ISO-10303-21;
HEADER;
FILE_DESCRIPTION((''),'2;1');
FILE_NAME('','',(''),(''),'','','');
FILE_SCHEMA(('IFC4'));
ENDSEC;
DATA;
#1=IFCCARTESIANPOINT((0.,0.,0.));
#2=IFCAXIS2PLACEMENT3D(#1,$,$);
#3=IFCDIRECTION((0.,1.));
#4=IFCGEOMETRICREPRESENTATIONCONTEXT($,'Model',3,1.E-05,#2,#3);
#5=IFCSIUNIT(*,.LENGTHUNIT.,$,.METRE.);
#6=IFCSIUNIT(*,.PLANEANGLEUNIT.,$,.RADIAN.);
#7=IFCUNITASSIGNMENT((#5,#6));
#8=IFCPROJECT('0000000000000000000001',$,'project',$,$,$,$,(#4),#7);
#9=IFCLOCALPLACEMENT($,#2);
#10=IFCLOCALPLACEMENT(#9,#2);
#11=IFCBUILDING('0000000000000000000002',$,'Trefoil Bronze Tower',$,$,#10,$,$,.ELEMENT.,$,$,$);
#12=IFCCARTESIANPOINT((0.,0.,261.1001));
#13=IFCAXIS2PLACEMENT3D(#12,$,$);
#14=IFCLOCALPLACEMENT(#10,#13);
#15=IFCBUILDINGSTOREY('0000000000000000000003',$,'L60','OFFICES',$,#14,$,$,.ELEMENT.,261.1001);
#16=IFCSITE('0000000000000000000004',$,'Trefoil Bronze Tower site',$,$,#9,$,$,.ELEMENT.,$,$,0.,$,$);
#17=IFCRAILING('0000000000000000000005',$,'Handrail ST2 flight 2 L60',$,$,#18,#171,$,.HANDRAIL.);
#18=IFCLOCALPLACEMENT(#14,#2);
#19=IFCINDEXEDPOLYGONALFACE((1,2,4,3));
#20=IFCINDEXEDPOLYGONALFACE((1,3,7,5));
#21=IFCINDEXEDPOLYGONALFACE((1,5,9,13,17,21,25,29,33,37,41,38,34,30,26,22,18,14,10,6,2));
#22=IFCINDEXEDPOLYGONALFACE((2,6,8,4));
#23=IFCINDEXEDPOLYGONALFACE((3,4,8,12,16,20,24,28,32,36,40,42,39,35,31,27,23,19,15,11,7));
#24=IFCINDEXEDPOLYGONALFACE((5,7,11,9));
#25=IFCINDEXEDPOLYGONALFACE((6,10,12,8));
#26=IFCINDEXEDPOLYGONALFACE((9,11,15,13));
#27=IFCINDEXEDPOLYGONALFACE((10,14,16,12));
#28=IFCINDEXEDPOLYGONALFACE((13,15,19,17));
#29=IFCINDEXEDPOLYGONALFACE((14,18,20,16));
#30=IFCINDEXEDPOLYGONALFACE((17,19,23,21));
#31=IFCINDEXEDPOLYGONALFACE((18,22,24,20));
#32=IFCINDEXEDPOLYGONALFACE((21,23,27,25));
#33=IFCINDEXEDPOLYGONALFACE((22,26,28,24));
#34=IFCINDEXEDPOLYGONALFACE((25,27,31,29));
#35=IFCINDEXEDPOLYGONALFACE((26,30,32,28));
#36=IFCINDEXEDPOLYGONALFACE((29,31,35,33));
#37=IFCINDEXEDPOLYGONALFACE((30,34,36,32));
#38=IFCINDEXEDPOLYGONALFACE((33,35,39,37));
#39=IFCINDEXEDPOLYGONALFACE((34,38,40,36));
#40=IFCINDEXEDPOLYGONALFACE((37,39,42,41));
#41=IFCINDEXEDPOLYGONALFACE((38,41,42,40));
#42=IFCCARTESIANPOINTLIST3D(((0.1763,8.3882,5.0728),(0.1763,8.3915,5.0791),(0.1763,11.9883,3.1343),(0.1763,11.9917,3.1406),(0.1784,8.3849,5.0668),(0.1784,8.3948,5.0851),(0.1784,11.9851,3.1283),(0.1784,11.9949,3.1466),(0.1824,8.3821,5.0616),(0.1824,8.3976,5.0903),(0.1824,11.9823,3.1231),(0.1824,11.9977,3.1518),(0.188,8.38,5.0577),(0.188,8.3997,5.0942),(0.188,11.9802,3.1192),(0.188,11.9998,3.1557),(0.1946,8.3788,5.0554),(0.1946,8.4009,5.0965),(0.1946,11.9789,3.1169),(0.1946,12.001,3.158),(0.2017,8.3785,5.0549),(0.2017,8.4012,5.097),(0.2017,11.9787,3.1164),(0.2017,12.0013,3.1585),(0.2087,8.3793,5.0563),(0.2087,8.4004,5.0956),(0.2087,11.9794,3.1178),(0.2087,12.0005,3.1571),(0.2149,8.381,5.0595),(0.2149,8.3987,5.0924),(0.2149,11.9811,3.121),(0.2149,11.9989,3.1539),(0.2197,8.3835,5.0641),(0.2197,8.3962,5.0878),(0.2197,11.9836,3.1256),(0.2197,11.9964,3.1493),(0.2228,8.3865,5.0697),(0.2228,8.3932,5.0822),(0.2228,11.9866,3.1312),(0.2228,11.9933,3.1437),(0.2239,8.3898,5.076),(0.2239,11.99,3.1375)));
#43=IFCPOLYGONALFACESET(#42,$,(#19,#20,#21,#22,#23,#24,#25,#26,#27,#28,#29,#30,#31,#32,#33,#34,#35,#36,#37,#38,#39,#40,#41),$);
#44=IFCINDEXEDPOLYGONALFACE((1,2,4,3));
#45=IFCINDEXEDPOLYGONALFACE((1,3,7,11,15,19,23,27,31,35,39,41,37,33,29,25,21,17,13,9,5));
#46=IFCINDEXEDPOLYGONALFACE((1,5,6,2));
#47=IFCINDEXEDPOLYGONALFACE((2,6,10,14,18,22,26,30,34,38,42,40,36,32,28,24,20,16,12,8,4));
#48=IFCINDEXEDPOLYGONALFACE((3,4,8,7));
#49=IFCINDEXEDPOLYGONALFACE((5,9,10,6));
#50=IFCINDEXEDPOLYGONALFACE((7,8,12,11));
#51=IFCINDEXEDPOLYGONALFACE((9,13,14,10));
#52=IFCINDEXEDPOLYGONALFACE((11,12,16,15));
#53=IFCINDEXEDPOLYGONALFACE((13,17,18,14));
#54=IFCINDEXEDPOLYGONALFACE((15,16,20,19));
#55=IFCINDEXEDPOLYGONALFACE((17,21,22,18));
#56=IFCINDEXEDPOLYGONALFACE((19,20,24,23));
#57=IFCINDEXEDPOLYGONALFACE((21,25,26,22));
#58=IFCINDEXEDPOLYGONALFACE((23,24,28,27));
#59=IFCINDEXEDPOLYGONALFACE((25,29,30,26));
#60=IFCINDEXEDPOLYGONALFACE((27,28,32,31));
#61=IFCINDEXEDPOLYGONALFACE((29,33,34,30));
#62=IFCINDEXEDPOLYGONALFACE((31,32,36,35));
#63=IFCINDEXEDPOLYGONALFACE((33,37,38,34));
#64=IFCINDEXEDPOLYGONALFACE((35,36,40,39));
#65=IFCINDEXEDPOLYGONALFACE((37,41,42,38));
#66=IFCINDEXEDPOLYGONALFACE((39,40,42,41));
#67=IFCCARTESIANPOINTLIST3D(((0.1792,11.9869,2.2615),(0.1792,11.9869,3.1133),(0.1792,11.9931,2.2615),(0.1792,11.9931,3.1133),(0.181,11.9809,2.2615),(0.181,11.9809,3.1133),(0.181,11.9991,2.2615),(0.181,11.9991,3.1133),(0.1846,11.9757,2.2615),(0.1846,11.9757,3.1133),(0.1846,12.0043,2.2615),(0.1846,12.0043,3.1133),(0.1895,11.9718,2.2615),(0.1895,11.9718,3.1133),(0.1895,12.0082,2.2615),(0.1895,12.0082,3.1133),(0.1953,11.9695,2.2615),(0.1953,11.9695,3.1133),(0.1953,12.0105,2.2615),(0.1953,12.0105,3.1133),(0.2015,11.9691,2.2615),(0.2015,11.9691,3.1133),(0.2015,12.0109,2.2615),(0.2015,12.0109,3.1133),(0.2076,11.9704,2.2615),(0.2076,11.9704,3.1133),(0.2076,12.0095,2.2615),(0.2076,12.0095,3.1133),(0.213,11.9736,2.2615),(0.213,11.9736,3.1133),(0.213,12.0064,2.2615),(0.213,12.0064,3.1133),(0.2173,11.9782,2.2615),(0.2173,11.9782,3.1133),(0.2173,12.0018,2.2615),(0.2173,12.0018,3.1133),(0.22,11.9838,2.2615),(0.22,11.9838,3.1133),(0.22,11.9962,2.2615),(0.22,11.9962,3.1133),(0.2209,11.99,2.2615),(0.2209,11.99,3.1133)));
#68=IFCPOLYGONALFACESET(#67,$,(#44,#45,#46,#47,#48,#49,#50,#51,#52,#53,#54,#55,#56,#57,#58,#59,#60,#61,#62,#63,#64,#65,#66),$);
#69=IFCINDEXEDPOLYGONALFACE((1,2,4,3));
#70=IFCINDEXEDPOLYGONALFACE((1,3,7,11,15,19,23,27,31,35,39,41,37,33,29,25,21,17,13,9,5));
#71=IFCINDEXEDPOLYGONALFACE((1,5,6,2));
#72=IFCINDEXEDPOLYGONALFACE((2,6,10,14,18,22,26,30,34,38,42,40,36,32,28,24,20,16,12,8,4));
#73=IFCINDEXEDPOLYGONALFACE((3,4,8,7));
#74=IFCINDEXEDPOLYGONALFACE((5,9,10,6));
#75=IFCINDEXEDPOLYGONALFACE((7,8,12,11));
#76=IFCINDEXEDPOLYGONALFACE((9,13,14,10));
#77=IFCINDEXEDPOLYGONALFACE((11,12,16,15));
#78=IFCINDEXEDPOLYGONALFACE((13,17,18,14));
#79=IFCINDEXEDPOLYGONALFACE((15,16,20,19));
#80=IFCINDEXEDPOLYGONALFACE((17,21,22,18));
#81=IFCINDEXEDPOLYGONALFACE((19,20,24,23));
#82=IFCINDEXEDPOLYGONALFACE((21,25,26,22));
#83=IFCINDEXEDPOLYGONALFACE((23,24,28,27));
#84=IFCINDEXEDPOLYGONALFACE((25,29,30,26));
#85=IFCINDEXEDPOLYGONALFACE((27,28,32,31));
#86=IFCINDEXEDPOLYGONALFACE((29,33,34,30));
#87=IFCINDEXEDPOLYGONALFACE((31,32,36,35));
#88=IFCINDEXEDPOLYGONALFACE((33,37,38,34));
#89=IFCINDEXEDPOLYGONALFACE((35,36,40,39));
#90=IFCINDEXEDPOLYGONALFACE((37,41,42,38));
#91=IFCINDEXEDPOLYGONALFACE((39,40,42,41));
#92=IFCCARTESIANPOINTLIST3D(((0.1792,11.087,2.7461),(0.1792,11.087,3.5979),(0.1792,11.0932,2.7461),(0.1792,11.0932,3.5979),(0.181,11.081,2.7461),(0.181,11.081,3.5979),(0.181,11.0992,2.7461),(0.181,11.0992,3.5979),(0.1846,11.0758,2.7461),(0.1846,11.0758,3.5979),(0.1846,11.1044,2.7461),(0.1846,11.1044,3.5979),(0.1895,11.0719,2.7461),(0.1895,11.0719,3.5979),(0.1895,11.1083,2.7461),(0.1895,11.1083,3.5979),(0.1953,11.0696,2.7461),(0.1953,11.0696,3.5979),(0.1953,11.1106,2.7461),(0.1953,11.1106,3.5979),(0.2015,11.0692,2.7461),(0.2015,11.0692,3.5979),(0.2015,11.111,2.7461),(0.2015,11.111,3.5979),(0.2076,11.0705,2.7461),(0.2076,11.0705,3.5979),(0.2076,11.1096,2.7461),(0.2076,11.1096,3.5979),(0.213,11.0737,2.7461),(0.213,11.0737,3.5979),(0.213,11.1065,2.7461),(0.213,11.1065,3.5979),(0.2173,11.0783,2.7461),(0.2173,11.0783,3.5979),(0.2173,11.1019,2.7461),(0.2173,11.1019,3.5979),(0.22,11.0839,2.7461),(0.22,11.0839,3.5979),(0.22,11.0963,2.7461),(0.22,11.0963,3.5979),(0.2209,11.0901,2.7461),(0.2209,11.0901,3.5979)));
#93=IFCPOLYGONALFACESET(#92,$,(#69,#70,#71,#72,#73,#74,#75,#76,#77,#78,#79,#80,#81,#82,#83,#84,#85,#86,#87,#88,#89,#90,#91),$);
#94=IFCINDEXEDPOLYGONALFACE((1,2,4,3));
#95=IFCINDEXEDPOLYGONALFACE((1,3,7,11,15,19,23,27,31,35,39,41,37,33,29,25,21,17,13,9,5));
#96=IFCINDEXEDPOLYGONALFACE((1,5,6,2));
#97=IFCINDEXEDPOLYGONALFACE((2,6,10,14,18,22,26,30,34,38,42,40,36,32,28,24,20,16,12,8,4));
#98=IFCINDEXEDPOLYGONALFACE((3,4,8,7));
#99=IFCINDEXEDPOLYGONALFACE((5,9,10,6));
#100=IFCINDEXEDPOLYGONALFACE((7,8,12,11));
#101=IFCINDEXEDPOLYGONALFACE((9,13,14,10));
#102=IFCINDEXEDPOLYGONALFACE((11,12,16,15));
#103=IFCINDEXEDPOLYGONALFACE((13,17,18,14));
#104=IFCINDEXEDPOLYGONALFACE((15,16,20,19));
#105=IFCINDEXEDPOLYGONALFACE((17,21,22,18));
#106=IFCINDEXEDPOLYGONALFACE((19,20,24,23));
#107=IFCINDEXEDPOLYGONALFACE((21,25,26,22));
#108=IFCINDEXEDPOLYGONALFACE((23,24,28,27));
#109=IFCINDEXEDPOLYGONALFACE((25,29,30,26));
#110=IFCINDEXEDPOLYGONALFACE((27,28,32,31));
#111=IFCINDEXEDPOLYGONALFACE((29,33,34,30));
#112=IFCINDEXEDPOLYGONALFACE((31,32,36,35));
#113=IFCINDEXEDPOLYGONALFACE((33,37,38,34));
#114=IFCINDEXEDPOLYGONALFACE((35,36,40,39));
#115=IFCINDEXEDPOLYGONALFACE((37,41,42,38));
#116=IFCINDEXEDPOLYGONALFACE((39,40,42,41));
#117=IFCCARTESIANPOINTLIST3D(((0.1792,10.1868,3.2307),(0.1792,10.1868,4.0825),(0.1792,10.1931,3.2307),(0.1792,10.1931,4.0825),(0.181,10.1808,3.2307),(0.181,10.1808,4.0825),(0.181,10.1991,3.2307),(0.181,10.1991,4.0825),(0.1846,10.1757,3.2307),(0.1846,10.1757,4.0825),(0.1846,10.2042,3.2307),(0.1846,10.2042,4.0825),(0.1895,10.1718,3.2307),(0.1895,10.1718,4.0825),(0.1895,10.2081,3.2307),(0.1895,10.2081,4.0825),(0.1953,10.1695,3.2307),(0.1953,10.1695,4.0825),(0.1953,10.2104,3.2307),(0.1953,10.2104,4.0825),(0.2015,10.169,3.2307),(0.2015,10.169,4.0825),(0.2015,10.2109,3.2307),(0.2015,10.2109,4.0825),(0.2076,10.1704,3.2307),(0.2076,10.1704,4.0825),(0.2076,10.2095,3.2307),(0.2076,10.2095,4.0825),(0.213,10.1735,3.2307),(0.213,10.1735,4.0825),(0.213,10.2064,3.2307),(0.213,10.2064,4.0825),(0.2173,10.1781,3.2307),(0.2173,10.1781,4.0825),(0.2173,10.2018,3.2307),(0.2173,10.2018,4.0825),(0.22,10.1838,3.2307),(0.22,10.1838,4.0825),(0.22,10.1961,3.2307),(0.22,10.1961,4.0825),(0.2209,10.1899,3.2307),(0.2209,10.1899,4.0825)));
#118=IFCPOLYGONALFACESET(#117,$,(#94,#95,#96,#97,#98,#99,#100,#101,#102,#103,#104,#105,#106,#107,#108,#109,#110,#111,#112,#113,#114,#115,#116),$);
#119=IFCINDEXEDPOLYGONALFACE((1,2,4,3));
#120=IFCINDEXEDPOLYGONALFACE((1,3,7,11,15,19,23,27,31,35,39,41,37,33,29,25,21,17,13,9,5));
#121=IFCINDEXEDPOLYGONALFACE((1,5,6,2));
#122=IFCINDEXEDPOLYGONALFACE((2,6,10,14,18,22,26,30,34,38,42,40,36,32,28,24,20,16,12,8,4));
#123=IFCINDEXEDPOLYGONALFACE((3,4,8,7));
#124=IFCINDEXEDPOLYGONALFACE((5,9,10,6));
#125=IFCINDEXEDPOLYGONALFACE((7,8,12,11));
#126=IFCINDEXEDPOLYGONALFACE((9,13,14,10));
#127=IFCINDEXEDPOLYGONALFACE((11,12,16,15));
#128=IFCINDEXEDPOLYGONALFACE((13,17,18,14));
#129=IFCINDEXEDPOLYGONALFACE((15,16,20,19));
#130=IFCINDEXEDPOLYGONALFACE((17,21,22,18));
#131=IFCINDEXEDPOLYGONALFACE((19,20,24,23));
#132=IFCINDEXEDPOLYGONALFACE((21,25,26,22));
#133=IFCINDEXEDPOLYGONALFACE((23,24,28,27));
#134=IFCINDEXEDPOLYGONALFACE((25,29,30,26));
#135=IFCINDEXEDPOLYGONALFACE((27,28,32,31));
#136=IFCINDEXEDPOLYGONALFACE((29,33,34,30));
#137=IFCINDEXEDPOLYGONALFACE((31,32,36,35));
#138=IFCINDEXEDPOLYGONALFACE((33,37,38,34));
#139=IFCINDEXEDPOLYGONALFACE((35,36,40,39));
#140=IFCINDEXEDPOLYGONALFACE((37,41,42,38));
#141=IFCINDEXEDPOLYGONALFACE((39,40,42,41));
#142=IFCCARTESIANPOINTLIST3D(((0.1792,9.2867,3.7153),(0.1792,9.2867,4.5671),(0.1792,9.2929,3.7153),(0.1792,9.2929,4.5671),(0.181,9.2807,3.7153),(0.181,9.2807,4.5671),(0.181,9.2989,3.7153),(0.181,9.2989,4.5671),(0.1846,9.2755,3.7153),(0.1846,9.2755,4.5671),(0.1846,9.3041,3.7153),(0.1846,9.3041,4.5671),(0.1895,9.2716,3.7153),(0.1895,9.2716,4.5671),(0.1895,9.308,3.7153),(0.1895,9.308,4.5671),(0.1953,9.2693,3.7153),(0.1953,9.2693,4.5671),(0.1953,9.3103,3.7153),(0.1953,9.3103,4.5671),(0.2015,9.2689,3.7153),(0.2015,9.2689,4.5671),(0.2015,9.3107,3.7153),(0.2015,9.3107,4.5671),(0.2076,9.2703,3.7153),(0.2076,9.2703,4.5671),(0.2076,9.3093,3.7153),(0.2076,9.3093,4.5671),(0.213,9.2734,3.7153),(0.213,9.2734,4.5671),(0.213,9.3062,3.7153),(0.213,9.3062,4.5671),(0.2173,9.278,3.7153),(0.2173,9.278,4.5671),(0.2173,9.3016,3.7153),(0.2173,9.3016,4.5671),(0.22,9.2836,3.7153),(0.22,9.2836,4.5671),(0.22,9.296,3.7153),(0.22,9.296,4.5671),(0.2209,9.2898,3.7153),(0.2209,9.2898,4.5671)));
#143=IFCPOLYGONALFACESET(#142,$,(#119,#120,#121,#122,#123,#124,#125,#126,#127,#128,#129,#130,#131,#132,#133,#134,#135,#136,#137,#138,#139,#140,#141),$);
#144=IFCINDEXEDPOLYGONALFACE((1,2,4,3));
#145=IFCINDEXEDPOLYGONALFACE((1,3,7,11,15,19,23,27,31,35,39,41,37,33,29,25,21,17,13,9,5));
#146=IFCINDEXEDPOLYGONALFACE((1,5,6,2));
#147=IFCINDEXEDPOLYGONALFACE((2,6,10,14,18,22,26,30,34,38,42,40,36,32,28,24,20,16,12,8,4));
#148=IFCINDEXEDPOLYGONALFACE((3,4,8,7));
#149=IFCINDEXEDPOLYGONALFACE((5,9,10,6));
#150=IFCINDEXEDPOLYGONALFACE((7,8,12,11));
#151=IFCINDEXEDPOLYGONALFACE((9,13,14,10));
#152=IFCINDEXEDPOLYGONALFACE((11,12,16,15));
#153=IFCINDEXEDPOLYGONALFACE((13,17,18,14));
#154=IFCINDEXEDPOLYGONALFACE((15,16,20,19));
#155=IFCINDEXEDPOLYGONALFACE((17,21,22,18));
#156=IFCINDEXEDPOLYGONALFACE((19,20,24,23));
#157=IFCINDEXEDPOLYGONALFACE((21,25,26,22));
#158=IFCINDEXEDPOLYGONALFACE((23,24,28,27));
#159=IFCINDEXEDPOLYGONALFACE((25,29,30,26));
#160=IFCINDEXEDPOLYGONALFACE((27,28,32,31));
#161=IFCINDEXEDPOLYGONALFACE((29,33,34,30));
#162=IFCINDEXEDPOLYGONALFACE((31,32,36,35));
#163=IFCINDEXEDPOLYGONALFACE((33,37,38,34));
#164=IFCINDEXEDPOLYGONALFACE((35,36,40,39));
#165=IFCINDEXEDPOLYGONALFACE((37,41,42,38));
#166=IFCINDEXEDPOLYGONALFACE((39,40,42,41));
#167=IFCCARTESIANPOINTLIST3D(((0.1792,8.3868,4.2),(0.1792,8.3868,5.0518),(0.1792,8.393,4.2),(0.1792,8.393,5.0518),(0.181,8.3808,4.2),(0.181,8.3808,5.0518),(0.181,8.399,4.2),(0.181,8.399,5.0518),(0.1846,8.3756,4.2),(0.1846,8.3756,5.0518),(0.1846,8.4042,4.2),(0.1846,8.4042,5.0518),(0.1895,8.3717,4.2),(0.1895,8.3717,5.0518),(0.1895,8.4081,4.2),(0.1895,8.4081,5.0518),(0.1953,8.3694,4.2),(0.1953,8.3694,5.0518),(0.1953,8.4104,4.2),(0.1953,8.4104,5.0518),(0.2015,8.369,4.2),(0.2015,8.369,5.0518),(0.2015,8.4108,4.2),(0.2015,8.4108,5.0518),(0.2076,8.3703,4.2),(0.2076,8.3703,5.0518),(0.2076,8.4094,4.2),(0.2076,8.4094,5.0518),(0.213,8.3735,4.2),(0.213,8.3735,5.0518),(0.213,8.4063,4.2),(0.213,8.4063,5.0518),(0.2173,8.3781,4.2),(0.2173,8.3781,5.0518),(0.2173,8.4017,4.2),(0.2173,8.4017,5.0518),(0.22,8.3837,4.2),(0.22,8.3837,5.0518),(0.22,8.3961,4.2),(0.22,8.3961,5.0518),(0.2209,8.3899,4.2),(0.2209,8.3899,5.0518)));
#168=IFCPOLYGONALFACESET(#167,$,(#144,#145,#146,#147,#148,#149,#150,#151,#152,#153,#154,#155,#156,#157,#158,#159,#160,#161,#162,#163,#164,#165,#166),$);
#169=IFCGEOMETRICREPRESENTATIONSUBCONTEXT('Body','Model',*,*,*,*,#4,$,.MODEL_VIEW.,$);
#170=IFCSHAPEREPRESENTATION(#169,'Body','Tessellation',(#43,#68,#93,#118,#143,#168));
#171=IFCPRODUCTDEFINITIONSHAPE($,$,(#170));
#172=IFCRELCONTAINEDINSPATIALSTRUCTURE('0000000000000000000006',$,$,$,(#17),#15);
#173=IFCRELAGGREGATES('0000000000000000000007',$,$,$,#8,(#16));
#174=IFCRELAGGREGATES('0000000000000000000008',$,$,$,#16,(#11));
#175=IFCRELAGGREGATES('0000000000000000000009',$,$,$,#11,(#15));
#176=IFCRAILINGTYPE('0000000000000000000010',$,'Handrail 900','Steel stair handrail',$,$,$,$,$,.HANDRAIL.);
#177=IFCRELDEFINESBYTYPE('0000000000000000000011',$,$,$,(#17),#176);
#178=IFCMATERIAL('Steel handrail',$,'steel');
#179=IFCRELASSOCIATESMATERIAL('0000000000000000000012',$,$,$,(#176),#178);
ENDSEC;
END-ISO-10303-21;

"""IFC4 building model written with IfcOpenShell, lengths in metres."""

from ifc_helpers import new_model, si_unit, direction, frame, origin, origin_2d, place, context, subcontext, project, spatial, circle, extrude, material, type_object, element, save


model = new_model("IFC4")

# Units and contexts
model_context = context("Model", 3, precision=1e-05, world=origin(), true_north=direction((0.0, 1.0)))
body_context = subcontext(model_context, "Body", "Model", "MODEL_VIEW")
ifc_project = project(units=[si_unit("LENGTHUNIT", "METRE"), si_unit("PLANEANGLEUNIT", "RADIAN")], contexts=[model_context])

# Site, building, storey
site_placement = place(None, origin())
site = spatial("IfcSite", under=ifc_project, at=site_placement, Name="Trefoil Bronze Tower site", CompositionType="ELEMENT", RefElevation=0.0)
building_placement = place(site_placement, origin())
building = spatial("IfcBuilding", under=site, at=building_placement, Name="Trefoil Bronze Tower", CompositionType="ELEMENT")
storey_placement = place(building_placement, frame((0.0, 0.0, 261.1001)))
storey = spatial("IfcBuildingStorey", under=building, at=storey_placement, Name="L60", Description="OFFICES", CompositionType="ELEMENT", Elevation=261.1001)

# Railing
ifc_material_1 = material(Name="Steel handrail", Category="steel")
railing_type = type_object("IfcRailingType", Name="Handrail 900", Description="Steel stair handrail", PredefinedType="HANDRAIL", material=ifc_material_1)
railing_placement = place(storey_placement, frame((0.2, 11.99, 2.2615)))
element("IfcRailing", 1, at=railing_placement, inside=storey, type_object=railing_type, Name="Handrail ST2 flight 2 L60", PredefinedType="HANDRAIL", context=body_context, shape_type="SweptSolid", body=[
    extrude(circle(Radius=0.0239, at=origin_2d()), frame((0.0, 0.0, 0.876), z_axis=(0.0, -0.880475, 0.474093), x_axis=(1.0, 0.0, 0.0)), (0.0, 0.0, 1.0), 4.0889),
    extrude(circle(Radius=0.021, at=origin_2d()), origin(), (0.0, 0.0, 1.0), 0.8518),
    extrude(circle(Radius=0.021, at=origin_2d()), frame((0.0, -0.8999, 0.4846)), (0.0, 0.0, 1.0), 0.8518),
    extrude(circle(Radius=0.021, at=origin_2d()), frame((0.0, -1.8, 0.9692)), (0.0, 0.0, 1.0), 0.8518),
    extrude(circle(Radius=0.021, at=origin_2d()), frame((0.0, -2.7002, 1.4539)), (0.0, 0.0, 1.0), 0.8518),
    extrude(circle(Radius=0.021, at=origin_2d()), frame((0.0, -3.6001, 1.9385)), (0.0, 0.0, 1.0), 0.8518),
])

save(model, "model.ifc")
